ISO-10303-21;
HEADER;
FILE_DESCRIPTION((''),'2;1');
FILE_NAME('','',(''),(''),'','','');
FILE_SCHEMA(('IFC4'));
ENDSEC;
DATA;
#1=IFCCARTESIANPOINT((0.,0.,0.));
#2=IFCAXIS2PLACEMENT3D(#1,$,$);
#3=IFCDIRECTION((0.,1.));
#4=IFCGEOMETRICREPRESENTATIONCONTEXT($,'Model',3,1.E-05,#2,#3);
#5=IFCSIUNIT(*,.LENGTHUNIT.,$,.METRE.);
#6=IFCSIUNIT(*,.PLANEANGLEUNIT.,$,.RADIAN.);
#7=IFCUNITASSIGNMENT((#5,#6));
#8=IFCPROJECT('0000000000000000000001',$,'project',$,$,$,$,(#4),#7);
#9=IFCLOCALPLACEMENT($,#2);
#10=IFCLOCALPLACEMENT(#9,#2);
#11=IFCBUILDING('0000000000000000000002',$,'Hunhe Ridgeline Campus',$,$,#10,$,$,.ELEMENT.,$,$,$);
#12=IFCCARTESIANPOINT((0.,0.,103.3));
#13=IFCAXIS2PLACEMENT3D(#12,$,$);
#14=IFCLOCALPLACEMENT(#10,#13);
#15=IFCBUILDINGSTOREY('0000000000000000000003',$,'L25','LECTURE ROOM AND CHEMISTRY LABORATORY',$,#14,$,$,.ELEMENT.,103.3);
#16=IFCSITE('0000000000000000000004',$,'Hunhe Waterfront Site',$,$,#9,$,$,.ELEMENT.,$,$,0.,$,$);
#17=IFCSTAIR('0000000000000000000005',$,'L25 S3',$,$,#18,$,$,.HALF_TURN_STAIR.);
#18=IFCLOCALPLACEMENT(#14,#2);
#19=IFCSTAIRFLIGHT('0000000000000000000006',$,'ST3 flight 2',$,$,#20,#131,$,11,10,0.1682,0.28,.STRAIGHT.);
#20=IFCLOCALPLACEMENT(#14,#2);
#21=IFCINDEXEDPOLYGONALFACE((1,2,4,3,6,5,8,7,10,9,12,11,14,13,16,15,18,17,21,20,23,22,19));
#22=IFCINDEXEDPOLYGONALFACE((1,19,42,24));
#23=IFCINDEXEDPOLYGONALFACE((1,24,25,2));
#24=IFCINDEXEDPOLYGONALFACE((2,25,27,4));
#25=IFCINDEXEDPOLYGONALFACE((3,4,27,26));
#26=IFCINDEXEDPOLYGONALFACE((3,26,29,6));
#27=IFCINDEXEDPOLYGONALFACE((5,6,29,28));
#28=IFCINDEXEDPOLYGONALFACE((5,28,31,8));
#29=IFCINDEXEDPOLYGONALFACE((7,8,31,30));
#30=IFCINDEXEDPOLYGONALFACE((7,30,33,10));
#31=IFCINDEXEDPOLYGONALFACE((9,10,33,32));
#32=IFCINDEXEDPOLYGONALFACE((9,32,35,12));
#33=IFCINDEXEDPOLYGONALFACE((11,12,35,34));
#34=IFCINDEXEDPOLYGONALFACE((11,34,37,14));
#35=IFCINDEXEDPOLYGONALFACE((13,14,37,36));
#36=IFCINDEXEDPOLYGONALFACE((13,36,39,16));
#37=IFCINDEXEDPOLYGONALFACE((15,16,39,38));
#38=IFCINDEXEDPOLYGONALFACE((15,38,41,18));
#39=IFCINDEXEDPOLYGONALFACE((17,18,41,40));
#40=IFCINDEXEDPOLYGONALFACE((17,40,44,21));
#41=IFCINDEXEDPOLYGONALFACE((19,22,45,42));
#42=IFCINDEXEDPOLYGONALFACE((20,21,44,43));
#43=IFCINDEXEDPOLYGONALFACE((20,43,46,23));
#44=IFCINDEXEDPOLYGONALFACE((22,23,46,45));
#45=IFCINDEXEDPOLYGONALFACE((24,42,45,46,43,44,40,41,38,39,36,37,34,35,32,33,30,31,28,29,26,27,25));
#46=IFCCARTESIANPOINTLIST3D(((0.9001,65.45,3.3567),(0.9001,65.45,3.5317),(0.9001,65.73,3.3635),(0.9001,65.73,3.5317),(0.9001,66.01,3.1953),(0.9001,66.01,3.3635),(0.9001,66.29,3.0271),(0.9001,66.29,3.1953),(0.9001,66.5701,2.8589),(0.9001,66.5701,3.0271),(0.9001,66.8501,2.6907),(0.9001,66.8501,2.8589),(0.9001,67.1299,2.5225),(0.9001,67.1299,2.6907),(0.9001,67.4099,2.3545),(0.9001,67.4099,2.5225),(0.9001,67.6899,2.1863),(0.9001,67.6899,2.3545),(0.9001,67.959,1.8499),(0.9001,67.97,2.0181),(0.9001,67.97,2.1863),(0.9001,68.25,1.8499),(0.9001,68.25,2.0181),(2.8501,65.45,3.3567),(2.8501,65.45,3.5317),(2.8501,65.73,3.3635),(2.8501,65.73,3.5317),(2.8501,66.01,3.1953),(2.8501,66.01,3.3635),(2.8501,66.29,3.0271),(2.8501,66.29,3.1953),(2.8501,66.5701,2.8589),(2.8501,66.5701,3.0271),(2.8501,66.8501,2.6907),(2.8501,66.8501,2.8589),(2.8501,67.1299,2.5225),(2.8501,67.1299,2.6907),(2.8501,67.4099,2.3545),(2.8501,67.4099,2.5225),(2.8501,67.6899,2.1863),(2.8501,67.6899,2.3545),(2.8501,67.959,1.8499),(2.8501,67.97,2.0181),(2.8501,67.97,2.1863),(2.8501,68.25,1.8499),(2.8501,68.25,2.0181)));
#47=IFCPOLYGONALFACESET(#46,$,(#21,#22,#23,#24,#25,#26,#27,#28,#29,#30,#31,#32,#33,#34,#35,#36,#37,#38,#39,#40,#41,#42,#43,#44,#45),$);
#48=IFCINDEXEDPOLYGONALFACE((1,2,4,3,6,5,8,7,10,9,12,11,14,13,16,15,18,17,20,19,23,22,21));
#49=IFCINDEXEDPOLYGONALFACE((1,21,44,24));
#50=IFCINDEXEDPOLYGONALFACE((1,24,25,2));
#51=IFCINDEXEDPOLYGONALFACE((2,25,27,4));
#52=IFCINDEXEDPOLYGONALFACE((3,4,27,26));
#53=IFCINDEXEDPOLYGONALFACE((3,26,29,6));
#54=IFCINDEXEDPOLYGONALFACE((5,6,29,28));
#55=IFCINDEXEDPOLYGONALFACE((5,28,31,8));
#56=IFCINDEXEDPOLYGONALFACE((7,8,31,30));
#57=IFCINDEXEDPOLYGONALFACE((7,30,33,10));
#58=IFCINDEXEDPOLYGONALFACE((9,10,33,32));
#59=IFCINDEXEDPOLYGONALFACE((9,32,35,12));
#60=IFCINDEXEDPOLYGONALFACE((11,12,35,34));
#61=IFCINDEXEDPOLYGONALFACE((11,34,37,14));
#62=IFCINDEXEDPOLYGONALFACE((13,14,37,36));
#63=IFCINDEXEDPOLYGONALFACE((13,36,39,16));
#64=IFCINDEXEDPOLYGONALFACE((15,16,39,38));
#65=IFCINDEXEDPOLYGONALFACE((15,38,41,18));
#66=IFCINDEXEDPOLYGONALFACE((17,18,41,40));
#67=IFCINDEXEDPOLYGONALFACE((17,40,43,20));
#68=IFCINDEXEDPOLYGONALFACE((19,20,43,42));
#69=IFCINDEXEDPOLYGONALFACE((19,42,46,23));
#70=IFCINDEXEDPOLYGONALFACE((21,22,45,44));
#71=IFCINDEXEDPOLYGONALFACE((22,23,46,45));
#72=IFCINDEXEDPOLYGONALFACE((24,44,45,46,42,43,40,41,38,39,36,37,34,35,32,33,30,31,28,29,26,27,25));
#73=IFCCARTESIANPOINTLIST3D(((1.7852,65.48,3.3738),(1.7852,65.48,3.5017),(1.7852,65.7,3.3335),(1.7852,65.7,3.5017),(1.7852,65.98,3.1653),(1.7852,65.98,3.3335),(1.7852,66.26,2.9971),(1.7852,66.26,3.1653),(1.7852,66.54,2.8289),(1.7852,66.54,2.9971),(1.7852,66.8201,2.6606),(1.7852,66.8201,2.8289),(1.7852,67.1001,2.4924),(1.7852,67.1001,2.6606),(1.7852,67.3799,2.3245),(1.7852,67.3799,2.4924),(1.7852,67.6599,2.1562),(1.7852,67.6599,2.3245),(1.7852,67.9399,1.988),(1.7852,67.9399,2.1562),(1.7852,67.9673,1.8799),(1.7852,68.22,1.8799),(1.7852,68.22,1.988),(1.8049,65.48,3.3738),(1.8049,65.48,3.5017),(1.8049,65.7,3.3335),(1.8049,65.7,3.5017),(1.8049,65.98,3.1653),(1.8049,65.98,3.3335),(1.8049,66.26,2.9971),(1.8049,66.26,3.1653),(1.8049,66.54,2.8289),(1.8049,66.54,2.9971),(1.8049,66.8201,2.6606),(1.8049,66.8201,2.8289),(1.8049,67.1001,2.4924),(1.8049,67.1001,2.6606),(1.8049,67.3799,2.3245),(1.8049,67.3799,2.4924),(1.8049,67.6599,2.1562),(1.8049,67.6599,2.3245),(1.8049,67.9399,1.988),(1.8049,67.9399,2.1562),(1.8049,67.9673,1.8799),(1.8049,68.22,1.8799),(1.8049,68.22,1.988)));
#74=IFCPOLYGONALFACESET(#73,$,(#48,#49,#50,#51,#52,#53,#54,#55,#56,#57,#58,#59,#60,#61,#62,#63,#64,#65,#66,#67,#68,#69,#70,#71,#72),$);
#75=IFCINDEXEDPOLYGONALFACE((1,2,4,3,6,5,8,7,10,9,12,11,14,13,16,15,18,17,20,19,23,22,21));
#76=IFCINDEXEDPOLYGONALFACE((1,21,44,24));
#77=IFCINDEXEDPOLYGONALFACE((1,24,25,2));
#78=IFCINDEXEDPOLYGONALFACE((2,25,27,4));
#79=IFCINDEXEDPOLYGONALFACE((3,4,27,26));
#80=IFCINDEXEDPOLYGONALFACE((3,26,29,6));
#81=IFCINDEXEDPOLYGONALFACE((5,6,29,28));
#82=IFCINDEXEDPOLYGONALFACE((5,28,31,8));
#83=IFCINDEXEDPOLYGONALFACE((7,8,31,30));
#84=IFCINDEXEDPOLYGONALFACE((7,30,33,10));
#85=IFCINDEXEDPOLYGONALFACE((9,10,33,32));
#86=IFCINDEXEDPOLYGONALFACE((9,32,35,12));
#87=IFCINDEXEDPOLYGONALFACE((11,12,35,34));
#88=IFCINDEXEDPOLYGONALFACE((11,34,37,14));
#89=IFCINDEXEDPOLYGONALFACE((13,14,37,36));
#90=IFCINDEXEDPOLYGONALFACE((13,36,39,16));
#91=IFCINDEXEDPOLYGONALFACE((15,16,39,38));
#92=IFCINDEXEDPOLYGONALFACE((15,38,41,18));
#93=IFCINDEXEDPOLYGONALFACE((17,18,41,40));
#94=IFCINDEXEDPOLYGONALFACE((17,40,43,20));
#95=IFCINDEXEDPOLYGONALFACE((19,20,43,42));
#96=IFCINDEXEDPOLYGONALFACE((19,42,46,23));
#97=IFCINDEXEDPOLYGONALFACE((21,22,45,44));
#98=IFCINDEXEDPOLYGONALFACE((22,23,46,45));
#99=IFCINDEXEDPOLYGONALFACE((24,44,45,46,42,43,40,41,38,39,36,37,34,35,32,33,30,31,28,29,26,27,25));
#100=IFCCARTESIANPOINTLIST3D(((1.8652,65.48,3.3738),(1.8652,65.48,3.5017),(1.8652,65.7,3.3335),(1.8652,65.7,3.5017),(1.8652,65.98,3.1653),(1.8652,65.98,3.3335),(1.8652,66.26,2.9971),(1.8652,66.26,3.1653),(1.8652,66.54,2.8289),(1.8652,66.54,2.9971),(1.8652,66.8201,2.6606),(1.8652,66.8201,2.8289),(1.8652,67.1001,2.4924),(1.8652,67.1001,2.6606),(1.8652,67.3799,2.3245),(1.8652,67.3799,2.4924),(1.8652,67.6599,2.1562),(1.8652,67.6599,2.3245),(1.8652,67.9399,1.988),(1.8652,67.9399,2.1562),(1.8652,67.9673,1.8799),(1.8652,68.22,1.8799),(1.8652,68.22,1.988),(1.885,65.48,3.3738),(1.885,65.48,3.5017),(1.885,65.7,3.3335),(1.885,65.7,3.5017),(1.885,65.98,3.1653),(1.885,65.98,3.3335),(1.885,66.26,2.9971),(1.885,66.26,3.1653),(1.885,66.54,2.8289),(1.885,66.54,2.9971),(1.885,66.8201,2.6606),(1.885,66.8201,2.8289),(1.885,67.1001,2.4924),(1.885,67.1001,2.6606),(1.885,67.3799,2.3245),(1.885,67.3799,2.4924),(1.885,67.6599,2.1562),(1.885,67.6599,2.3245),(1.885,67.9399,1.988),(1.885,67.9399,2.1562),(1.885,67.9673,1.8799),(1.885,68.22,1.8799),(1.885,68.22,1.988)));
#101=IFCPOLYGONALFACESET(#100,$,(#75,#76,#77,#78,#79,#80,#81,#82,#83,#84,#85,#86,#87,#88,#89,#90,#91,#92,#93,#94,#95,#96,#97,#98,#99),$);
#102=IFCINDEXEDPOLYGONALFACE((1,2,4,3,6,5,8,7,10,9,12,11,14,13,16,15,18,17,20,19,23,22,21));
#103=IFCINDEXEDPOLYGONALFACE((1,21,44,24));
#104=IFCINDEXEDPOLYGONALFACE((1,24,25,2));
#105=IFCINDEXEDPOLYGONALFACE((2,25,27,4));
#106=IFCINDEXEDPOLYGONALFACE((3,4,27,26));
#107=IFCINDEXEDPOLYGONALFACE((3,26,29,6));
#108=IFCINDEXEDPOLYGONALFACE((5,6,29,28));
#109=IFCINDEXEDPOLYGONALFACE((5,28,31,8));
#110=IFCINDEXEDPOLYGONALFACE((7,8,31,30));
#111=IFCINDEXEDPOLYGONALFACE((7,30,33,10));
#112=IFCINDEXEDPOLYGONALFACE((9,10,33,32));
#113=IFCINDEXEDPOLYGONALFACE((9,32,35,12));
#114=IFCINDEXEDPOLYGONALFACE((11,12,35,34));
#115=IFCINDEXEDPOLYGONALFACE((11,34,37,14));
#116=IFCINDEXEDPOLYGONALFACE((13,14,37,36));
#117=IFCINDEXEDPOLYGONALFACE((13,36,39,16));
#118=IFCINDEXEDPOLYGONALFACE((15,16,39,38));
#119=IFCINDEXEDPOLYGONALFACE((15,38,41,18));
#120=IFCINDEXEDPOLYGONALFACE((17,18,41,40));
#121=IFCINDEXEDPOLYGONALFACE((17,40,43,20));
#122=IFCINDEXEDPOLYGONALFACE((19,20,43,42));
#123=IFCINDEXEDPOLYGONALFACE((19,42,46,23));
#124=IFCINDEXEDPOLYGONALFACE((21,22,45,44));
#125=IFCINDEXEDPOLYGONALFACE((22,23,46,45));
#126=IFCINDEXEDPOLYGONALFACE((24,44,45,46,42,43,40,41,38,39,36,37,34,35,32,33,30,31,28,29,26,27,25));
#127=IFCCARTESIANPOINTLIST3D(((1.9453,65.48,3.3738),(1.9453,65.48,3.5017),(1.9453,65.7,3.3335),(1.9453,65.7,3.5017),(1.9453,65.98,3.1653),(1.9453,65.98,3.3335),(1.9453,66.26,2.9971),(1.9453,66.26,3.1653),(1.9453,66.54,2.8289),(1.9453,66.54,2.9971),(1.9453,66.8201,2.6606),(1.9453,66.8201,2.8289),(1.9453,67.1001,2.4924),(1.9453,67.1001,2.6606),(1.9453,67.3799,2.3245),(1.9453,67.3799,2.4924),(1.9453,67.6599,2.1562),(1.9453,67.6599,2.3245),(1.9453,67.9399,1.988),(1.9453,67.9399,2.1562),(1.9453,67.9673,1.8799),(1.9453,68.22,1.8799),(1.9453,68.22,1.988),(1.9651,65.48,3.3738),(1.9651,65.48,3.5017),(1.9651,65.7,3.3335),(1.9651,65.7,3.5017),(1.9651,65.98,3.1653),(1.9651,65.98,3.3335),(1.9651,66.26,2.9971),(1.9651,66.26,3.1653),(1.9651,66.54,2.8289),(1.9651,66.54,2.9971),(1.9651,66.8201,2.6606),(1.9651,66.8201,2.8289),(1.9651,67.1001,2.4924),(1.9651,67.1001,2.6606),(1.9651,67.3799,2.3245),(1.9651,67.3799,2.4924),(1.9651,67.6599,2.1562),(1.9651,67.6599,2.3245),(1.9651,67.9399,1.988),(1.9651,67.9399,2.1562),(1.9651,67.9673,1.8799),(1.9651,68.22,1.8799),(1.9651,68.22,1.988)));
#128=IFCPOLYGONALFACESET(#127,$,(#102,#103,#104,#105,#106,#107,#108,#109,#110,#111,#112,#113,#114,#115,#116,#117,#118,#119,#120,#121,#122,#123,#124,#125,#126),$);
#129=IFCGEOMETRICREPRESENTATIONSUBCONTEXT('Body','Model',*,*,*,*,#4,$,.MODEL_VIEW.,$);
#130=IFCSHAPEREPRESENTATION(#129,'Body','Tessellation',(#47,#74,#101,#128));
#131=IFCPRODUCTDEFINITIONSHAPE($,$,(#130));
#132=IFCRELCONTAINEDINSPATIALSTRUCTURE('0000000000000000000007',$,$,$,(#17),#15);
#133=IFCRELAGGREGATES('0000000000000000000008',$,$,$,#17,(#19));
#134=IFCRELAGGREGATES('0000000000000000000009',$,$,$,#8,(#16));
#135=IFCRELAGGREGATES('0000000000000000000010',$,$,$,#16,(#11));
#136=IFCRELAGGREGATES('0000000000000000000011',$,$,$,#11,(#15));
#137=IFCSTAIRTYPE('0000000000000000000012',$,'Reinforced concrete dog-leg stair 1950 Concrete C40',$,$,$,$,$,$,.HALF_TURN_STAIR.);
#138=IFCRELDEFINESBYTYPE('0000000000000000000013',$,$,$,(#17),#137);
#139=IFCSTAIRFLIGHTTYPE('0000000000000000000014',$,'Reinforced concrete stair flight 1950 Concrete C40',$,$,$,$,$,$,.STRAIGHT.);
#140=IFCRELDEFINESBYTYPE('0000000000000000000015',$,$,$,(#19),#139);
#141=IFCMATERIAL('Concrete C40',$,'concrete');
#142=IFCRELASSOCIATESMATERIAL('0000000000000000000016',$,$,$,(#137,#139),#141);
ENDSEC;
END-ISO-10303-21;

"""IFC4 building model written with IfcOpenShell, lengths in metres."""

from ifc_helpers import new_model, si_unit, direction, frame, origin, place, context, subcontext, project, spatial, polyline, outline, extrude, material, type_object, element, aggregate, save


model = new_model("IFC4")

# Units and contexts
model_context = context("Model", 3, precision=1e-05, world=origin(), true_north=direction((0.0, 1.0)))
body_context = subcontext(model_context, "Body", "Model", "MODEL_VIEW")
ifc_project = project(units=[si_unit("LENGTHUNIT", "METRE"), si_unit("PLANEANGLEUNIT", "RADIAN")], contexts=[model_context])

# Site, building, storey
site_placement = place(None, origin())
site = spatial("IfcSite", under=ifc_project, at=site_placement, Name="Hunhe Waterfront Site", CompositionType="ELEMENT", RefElevation=0.0)
building_placement = place(site_placement, origin())
building = spatial("IfcBuilding", under=site, at=building_placement, Name="Hunhe Ridgeline Campus", CompositionType="ELEMENT")
storey_placement = place(building_placement, frame((0.0, 0.0, 103.3)))
storey = spatial("IfcBuildingStorey", under=building, at=storey_placement, Name="L25", Description="LECTURE ROOM AND CHEMISTRY LABORATORY", CompositionType="ELEMENT", Elevation=103.3)

# Stair, stair flight
ifc_material_1 = material(Name="Concrete C40", Category="concrete")
stair_type = type_object("IfcStairType", Name="Reinforced concrete dog-leg stair 1950 Concrete C40", PredefinedType="HALF_TURN_STAIR", material=ifc_material_1)
stair_1_placement = place(storey_placement, origin())
stair_1 = element("IfcStair", 1, at=stair_1_placement, inside=storey, type_object=stair_type, Name="L25 S3", PredefinedType="HALF_TURN_STAIR")
stair_flight_type = type_object("IfcStairFlightType", Name="Reinforced concrete stair flight 1950 Concrete C40", PredefinedType="STRAIGHT", material=ifc_material_1)
stair_flight_1_placement = place(storey_placement, frame((1.875, 68.25, 1.8499), z_axis=(0.0, 0.0, 1.0), x_axis=(0.0, -1.0, 0.0)))
stair_flight_1 = element("IfcStairFlight", 2, at=stair_flight_1_placement, type_object=stair_flight_type, Name="ST3 flight 2", NumberOfRisers=11, NumberOfTreads=10, PredefinedType="STRAIGHT", RiserHeight=0.1682, TreadLength=0.28, context=body_context, shape_type="SweptSolid", body=[
    extrude(outline(polyline([(0.0, 0.0), (0.0, 0.1682), (0.28, 0.1682), (0.28, 0.3364), (0.5601, 0.3364), (0.5601, 0.5046), (0.8401, 0.5046), (0.8401, 0.6726), (1.1201, 0.6726), (1.1201, 0.8408), (1.3999, 0.8408), (1.3999, 1.009), (1.6799, 1.009), (1.6799, 1.1772), (1.96, 1.1772), (1.96, 1.3455), (2.24, 1.3455), (2.24, 1.5137), (2.52, 1.5137), (2.52, 1.6819), (2.8, 1.6819), (2.8, 1.8501), (2.8, 1.5068), (0.291, 0.0), (0.0, 0.0)])), frame((0.0, 0.9751, 0.0), z_axis=(0.0, -1.0, 0.0), x_axis=(1.0, 0.0, 0.0)), (0.0, 0.0, 1.0), 1.95),
    extrude(outline(polyline([(0.03, 0.03), (0.03, 0.1382), (0.3101, 0.1382), (0.3101, 0.3064), (0.5901, 0.3064), (0.5901, 0.4746), (0.8701, 0.4746), (0.8701, 0.6426), (1.1499, 0.6426), (1.1499, 0.8108), (1.4299, 0.8108), (1.4299, 0.979), (1.71, 0.979), (1.71, 1.1472), (1.99, 1.1472), (1.99, 1.3154), (2.27, 1.3154), (2.27, 1.4836), (2.55, 1.4836), (2.55, 1.6519), (2.77, 1.6519), (2.77, 1.5239), (0.2827, 0.03), (0.03, 0.03)])), frame((0.0, -0.0701, 0.0), z_axis=(0.0, -1.0, 0.0), x_axis=(1.0, 0.0, 0.0)), (0.0, 0.0, 1.0), 0.0198),
    extrude(outline(polyline([(0.03, 0.03), (0.03, 0.1382), (0.3101, 0.1382), (0.3101, 0.3064), (0.5901, 0.3064), (0.5901, 0.4746), (0.8701, 0.4746), (0.8701, 0.6426), (1.1499, 0.6426), (1.1499, 0.8108), (1.4299, 0.8108), (1.4299, 0.979), (1.71, 0.979), (1.71, 1.1472), (1.99, 1.1472), (1.99, 1.3154), (2.27, 1.3154), (2.27, 1.4836), (2.55, 1.4836), (2.55, 1.6519), (2.77, 1.6519), (2.77, 1.5239), (0.2827, 0.03), (0.03, 0.03)])), frame((0.0, 0.01, 0.0), z_axis=(0.0, -1.0, 0.0), x_axis=(1.0, 0.0, 0.0)), (0.0, 0.0, 1.0), 0.0198),
    extrude(outline(polyline([(0.03, 0.03), (0.03, 0.1382), (0.3101, 0.1382), (0.3101, 0.3064), (0.5901, 0.3064), (0.5901, 0.4746), (0.8701, 0.4746), (0.8701, 0.6426), (1.1499, 0.6426), (1.1499, 0.8108), (1.4299, 0.8108), (1.4299, 0.979), (1.71, 0.979), (1.71, 1.1472), (1.99, 1.1472), (1.99, 1.3154), (2.27, 1.3154), (2.27, 1.4836), (2.55, 1.4836), (2.55, 1.6519), (2.77, 1.6519), (2.77, 1.5239), (0.2827, 0.03), (0.03, 0.03)])), frame((0.0, 0.0901, 0.0), z_axis=(0.0, -1.0, 0.0), x_axis=(1.0, 0.0, 0.0)), (0.0, 0.0, 1.0), 0.0198),
])
aggregate(stair_1, [stair_flight_1])

save(model, "model.ifc")
